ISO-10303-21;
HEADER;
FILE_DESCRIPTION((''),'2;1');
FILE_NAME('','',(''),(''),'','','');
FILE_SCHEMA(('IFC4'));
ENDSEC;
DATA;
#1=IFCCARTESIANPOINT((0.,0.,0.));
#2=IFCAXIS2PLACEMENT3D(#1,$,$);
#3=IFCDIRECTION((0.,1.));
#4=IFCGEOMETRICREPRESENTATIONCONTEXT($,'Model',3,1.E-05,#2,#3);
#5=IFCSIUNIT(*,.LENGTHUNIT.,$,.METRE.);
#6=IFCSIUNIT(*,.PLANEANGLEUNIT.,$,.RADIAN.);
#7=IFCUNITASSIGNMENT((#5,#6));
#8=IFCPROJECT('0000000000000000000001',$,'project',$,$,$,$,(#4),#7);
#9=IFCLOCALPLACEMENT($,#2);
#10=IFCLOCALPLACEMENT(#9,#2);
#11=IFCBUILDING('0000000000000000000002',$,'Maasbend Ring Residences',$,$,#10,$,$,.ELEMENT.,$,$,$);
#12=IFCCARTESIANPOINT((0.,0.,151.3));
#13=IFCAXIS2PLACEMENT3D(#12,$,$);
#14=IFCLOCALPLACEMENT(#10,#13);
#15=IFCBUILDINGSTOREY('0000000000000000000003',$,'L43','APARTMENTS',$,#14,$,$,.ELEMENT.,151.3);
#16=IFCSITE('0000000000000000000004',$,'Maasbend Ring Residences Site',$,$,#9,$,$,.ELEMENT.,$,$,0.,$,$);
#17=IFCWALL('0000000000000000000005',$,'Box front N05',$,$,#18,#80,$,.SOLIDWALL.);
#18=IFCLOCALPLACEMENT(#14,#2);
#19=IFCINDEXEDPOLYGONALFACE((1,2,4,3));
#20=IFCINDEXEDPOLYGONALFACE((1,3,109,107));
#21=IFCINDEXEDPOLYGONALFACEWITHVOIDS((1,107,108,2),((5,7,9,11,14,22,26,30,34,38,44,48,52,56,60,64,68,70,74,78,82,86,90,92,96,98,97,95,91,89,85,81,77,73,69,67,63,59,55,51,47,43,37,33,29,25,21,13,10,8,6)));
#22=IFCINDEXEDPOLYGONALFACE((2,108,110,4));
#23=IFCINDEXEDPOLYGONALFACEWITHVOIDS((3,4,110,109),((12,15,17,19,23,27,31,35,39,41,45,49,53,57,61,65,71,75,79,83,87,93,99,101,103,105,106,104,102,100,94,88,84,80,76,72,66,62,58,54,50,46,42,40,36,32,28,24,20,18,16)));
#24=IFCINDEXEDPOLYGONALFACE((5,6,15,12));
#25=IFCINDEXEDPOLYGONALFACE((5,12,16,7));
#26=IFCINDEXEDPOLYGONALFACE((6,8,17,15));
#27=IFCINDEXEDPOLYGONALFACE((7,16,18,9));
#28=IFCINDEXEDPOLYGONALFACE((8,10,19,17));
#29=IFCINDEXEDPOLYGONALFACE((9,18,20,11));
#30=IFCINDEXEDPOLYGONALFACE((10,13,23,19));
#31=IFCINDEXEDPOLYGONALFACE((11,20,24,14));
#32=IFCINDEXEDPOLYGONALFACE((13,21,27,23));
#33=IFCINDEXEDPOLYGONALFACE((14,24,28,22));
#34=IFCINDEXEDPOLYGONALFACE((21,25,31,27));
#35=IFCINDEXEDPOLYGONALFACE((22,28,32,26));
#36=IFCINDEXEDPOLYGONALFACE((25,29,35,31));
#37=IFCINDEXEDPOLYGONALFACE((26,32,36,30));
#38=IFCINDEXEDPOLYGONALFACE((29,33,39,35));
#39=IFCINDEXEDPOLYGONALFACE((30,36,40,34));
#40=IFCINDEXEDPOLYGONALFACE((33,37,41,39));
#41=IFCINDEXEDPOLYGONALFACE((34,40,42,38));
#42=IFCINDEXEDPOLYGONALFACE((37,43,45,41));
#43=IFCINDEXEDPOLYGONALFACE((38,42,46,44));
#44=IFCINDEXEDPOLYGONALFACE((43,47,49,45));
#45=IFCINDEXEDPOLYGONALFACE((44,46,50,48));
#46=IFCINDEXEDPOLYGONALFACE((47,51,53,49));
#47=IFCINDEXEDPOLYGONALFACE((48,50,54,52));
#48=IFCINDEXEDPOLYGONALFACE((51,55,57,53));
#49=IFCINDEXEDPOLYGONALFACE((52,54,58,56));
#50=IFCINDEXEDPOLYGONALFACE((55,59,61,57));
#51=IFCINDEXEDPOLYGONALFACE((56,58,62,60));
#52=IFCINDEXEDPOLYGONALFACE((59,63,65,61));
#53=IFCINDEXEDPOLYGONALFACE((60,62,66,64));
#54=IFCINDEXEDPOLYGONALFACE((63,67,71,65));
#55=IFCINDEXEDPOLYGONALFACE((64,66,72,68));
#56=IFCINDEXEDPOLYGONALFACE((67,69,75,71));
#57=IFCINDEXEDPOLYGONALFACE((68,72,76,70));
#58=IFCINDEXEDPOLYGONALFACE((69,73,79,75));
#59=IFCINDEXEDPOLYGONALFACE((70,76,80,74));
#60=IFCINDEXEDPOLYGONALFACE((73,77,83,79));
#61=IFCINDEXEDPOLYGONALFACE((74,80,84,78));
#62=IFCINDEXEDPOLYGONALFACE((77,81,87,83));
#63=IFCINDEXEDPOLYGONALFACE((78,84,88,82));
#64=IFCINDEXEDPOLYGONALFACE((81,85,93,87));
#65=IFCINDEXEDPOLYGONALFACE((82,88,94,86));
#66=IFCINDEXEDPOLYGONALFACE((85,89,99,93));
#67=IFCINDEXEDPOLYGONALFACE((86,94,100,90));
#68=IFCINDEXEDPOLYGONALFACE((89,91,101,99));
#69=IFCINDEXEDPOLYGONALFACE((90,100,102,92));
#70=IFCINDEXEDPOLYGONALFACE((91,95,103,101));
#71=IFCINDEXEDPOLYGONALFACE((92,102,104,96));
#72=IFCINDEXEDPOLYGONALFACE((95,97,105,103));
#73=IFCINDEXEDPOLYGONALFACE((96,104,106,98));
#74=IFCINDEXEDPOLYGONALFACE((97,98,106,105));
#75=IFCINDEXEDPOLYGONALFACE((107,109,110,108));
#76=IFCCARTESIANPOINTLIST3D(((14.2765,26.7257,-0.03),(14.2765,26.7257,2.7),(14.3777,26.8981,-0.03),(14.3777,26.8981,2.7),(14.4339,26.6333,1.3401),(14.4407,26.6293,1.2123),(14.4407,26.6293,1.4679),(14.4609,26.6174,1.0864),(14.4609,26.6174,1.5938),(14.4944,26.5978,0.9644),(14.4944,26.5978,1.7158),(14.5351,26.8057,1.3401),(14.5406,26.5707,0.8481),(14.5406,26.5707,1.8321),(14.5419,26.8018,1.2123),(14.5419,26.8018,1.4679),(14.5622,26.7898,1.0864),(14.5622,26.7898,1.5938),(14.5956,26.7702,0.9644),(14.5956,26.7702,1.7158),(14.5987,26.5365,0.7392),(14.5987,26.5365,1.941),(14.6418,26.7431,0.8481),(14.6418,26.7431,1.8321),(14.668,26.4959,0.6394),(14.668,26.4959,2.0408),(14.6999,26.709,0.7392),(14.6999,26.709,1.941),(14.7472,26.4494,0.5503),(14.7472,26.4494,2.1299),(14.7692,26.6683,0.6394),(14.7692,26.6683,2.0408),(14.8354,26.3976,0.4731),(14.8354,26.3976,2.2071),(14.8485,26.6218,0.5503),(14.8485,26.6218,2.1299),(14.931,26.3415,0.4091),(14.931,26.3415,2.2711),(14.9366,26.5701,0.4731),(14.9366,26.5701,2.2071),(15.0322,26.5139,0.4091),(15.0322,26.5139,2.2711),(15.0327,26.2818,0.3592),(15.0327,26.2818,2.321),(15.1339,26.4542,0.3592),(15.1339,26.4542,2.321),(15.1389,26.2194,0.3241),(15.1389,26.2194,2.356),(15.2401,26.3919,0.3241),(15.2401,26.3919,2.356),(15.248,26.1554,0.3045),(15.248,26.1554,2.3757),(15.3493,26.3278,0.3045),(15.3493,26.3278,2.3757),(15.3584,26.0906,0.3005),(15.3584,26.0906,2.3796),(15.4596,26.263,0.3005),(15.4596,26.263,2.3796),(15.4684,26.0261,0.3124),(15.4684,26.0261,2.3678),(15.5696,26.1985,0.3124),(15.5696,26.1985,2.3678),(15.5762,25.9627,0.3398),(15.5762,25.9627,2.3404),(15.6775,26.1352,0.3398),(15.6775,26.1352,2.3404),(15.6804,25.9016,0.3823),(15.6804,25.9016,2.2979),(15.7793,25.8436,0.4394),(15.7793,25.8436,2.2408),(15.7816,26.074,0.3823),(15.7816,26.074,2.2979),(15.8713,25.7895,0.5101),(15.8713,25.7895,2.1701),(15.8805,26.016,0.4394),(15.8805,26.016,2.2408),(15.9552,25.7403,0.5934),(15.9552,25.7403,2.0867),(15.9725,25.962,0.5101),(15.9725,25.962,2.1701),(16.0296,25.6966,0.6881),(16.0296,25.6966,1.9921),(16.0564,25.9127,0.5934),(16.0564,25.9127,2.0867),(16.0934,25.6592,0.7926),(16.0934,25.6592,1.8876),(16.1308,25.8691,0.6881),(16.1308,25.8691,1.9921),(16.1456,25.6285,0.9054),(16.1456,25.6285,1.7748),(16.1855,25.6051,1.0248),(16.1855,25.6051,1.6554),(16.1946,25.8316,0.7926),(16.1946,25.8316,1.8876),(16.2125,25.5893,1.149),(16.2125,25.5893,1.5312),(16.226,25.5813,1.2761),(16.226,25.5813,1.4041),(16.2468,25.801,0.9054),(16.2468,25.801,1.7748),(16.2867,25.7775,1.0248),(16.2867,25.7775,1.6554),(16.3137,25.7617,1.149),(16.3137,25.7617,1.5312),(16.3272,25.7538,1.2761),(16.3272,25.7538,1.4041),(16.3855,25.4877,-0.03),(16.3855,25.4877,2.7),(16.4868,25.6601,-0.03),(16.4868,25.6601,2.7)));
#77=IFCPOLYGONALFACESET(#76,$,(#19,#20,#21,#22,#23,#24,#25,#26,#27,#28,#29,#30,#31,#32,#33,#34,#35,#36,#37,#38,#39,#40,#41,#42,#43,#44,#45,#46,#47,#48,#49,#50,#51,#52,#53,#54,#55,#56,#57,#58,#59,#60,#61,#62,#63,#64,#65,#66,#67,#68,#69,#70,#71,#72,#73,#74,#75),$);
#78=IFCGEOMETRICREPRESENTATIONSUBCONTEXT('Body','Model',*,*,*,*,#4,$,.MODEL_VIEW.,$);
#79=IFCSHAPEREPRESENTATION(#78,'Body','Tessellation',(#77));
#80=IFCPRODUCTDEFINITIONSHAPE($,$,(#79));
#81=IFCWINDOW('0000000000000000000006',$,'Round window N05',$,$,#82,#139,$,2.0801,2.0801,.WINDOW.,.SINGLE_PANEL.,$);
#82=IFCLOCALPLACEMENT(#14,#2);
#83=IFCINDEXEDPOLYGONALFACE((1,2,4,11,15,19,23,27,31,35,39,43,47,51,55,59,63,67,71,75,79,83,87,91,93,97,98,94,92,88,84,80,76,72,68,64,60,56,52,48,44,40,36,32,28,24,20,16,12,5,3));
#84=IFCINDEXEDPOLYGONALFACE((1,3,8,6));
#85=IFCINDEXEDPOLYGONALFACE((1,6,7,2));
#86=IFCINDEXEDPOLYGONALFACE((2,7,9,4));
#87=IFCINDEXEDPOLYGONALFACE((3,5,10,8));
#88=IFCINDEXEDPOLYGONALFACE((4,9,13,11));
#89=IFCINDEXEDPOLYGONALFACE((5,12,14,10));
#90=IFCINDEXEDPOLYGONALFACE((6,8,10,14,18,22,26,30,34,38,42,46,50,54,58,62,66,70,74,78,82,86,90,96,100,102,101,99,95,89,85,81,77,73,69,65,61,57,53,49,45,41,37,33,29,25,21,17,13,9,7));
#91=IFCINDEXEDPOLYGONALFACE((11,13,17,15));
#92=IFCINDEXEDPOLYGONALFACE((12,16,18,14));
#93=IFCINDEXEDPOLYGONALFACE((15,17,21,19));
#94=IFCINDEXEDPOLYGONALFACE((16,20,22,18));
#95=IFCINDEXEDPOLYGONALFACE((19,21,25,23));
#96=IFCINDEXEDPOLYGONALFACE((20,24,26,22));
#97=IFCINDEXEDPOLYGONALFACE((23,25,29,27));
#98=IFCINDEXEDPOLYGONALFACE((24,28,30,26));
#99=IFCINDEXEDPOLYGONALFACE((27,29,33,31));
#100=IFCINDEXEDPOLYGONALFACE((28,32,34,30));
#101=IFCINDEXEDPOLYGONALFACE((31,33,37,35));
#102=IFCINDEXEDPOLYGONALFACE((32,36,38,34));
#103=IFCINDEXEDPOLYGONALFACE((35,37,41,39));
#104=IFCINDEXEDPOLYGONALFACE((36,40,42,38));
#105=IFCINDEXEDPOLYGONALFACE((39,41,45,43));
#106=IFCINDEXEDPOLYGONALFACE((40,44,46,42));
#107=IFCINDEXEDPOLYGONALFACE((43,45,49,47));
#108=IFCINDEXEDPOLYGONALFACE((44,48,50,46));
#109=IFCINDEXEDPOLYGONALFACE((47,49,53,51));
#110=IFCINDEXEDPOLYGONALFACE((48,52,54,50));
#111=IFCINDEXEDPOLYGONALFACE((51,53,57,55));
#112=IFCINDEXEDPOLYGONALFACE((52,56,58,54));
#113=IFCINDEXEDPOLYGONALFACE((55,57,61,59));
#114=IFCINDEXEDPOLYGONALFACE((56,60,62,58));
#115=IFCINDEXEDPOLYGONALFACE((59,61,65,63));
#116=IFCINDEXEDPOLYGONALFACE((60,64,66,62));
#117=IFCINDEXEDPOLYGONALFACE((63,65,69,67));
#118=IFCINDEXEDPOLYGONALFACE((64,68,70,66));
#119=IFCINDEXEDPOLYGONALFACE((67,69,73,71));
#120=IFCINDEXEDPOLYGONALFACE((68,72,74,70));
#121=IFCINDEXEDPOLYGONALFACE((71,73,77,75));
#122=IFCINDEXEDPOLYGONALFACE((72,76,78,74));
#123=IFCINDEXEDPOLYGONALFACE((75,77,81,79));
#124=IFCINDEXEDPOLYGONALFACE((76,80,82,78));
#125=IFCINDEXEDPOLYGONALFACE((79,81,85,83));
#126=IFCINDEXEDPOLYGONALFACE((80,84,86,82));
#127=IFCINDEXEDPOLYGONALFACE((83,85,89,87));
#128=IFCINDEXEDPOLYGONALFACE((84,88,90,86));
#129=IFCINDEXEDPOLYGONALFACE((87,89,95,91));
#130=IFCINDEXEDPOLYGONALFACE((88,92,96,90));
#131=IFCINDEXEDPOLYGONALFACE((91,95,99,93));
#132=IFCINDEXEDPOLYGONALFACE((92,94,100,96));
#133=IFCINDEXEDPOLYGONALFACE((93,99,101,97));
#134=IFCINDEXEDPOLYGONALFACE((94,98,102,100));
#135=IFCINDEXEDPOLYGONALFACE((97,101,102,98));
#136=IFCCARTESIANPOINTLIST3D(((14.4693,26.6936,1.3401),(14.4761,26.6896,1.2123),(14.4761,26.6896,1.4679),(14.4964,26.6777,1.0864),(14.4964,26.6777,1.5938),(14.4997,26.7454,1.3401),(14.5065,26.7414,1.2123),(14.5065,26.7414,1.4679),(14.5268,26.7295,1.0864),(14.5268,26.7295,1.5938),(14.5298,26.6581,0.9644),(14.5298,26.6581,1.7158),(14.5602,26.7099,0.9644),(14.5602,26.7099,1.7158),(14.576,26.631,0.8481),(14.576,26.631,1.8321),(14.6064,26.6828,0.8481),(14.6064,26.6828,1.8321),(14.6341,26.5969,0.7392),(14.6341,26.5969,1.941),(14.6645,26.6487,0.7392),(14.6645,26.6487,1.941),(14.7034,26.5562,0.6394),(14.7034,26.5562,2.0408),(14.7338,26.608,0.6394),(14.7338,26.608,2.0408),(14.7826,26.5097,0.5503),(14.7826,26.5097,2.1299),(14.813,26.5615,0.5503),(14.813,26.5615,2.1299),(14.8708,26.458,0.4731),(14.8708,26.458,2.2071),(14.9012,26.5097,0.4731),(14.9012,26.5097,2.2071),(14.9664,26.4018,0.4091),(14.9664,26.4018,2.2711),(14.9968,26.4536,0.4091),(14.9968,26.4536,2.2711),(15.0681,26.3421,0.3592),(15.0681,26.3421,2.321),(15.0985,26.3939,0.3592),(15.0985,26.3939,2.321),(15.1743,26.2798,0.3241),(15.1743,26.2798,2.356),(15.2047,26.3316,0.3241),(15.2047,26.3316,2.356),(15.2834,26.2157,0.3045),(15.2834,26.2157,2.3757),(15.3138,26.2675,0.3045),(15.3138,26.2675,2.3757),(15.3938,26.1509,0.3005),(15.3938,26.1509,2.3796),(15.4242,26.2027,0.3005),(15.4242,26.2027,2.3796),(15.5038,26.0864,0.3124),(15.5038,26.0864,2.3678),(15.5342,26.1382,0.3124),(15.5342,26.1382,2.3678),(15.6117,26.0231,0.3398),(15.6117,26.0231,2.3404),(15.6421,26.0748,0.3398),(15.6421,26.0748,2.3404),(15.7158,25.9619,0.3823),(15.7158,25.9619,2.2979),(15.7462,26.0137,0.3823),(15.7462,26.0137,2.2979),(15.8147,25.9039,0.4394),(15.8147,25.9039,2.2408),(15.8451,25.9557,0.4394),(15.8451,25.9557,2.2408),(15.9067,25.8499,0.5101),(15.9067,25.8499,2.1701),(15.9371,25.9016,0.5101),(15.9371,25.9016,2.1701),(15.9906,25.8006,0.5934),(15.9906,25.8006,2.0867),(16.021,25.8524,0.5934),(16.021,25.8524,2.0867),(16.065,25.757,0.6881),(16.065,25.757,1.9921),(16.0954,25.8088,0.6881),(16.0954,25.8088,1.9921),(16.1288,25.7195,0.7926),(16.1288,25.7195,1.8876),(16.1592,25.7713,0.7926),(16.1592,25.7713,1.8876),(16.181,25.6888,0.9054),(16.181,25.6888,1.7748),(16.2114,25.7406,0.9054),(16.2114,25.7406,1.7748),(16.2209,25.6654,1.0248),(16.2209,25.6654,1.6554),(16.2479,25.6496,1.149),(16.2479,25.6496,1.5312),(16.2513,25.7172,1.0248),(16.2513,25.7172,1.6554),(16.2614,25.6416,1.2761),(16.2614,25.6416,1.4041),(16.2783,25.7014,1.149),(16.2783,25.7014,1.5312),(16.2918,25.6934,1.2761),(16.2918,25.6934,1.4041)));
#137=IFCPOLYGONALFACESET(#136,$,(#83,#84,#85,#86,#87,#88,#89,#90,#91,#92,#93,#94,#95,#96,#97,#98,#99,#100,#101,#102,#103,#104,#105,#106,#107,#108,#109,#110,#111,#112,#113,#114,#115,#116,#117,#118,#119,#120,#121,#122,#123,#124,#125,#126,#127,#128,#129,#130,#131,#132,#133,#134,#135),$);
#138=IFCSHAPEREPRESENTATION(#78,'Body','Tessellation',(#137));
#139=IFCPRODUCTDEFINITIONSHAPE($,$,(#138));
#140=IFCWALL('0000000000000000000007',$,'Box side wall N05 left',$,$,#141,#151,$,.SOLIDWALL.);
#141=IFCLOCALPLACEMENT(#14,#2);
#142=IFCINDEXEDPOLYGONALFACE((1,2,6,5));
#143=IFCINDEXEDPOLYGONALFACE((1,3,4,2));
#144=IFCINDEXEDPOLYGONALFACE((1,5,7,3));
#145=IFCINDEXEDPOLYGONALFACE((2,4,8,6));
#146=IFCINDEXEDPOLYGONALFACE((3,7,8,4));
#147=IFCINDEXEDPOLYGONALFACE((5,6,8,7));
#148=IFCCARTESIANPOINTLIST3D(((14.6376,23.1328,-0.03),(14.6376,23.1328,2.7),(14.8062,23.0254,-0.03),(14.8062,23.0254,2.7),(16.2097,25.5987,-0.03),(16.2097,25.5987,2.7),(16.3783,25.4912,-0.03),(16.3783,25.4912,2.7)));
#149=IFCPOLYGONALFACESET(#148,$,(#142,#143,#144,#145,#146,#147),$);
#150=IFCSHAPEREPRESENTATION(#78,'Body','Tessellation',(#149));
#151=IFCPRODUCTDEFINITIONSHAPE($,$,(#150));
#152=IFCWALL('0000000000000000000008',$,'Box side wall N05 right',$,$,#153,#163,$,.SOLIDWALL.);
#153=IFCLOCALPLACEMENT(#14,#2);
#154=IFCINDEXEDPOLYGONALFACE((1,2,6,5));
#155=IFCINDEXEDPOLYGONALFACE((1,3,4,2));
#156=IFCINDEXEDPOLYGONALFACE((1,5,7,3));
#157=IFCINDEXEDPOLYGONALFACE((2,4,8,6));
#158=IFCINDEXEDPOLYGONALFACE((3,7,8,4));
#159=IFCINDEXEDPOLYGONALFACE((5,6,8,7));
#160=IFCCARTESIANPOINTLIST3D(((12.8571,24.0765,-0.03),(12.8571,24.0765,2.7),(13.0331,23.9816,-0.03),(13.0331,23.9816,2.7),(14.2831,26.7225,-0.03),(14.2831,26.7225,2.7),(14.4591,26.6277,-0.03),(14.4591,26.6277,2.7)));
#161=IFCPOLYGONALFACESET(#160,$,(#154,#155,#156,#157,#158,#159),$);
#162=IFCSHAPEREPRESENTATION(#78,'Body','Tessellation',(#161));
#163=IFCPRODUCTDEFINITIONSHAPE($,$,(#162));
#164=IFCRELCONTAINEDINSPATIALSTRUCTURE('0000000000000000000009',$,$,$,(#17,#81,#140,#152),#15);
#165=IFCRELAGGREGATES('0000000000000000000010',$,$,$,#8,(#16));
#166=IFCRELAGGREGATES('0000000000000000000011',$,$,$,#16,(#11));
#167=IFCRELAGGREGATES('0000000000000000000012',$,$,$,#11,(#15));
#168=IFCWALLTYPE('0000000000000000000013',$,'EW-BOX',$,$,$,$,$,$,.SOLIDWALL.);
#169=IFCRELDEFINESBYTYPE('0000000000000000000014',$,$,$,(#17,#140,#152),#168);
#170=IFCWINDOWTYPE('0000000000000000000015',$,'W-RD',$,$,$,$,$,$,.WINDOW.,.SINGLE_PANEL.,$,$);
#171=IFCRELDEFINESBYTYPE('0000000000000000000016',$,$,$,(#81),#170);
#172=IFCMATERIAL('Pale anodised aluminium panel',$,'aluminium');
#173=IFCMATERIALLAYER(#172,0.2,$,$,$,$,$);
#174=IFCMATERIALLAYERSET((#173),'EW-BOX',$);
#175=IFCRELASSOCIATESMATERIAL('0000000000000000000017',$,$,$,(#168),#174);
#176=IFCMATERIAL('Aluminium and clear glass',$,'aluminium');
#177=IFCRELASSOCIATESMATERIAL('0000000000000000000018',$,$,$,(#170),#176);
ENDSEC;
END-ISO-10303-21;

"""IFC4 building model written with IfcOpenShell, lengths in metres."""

from ifc_helpers import new_model, si_unit, direction, frame, frame_2d, origin, place, context, subcontext, project, spatial, rectangle, circle, extrude, material, layer, layer_set, type_object, element, fill, save


model = new_model("IFC4")

# Units and contexts
model_context = context("Model", 3, precision=1e-05, world=origin(), true_north=direction((0.0, 1.0)))
body_context = subcontext(model_context, "Body", "Model", "MODEL_VIEW")
ifc_project = project(units=[si_unit("LENGTHUNIT", "METRE"), si_unit("PLANEANGLEUNIT", "RADIAN")], contexts=[model_context])

# Site, building, storey
site_placement = place(None, origin())
site = spatial("IfcSite", under=ifc_project, at=site_placement, Name="Maasbend Ring Residences Site", CompositionType="ELEMENT", RefElevation=0.0)
building_placement = place(site_placement, origin())
building = spatial("IfcBuilding", under=site, at=building_placement, Name="Maasbend Ring Residences", CompositionType="ELEMENT")
storey_placement = place(building_placement, frame((0.0, 0.0, 151.3)))
storey = spatial("IfcBuildingStorey", under=building, at=storey_placement, Name="L43", Description="APARTMENTS", CompositionType="ELEMENT", Elevation=151.3)

# Shared definitions
ifc_material_1 = material(Name="Pale anodised aluminium panel", Category="aluminium")
ifc_layer_1 = layer(ifc_material_1, 0.2)
ifc_layer_set_1 = layer_set([ifc_layer_1], Name="EW-BOX")
wall_type_1 = type_object("IfcWallType", Name="EW-BOX", PredefinedType="SOLIDWALL", material=ifc_layer_set_1)
ifc_material_2 = material(Name="Aluminium and clear glass", Category="aluminium")
window_type_1 = type_object("IfcWindowType", Name="W-RD", PartitioningType="SINGLE_PANEL", PredefinedType="WINDOW", material=ifc_material_2)

# Wall, opening, window
wall_1_placement = place(storey_placement, frame((16.436, 25.574, -0.03), z_axis=(0.0, 0.0, 1.0), x_axis=(-0.862403, 0.506222, 0.0)))
wall_1 = element("IfcWall", 1, at=wall_1_placement, inside=storey, type_object=wall_type_1, Name="Box front N05", PredefinedType="SOLIDWALL", context=body_context, shape_type="SweptSolid", body=[
    extrude(rectangle(XDim=2.4456, YDim=0.2, at=frame_2d((1.2227, 0.0))), origin(), (0.0, 0.0, 1.0), 2.73),
])
opening_1_placement = place(wall_1_placement, frame((0.1829, 0.0, 0.3301)))
opening_1 = element("IfcOpeningElement", 2, at=opening_1_placement, cuts=wall_1, PredefinedType="OPENING", context=body_context, shape_type="SweptSolid", body=[
    extrude(circle(Radius=1.04, at=frame_2d((1.04, 1.04))), frame((0.0, 0.1099, 0.0), z_axis=(0.0, -1.0, 0.0), x_axis=(1.0, 0.0, 0.0)), (0.0, 0.0, 1.0), 0.22),
])
window_1_placement = place(opening_1_placement, origin())
window_1 = element("IfcWindow", 3, at=window_1_placement, inside=storey, type_object=window_type_1, Name="Round window N05", OverallHeight=2.0801, OverallWidth=2.0801, PartitioningType="SINGLE_PANEL", PredefinedType="WINDOW", context=body_context, shape_type="SweptSolid", body=[
    extrude(circle(Radius=1.04, at=frame_2d((1.04, 1.04))), frame((0.0, 0.03, 0.0), z_axis=(0.0, -1.0, 0.0), x_axis=(1.0, 0.0, 0.0)), (0.0, 0.0, 1.0), 0.0601),
])
fill(opening_1, window_1)

# Walls
wall_2_placement = place(storey_placement, frame((14.7219, 23.0791, -0.03), z_axis=(0.0, 0.0, 1.0), x_axis=(0.537572, 0.843218, 0.0)))
element("IfcWall", 4, at=wall_2_placement, inside=storey, type_object=wall_type_1, Name="Box side wall N05 left", PredefinedType="SOLIDWALL", context=body_context, shape_type="SweptSolid", body=[
    extrude(rectangle(XDim=2.9243, YDim=0.2, at=frame_2d((1.4622, 0.0))), origin(), (0.0, 0.0, 1.0), 2.73),
])
wall_3_placement = place(storey_placement, frame((12.9451, 24.0291, -0.03), z_axis=(0.0, 0.0, 1.0), x_axis=(0.474424, 0.880296, 0.0)))
element("IfcWall", 5, at=wall_3_placement, inside=storey, type_object=wall_type_1, Name="Box side wall N05 right", PredefinedType="SOLIDWALL", context=body_context, shape_type="SweptSolid", body=[
    extrude(rectangle(XDim=3.0059, YDim=0.2, at=frame_2d((1.5029, 0.0))), origin(), (0.0, 0.0, 1.0), 2.73),
])

save(model, "model.ifc")
